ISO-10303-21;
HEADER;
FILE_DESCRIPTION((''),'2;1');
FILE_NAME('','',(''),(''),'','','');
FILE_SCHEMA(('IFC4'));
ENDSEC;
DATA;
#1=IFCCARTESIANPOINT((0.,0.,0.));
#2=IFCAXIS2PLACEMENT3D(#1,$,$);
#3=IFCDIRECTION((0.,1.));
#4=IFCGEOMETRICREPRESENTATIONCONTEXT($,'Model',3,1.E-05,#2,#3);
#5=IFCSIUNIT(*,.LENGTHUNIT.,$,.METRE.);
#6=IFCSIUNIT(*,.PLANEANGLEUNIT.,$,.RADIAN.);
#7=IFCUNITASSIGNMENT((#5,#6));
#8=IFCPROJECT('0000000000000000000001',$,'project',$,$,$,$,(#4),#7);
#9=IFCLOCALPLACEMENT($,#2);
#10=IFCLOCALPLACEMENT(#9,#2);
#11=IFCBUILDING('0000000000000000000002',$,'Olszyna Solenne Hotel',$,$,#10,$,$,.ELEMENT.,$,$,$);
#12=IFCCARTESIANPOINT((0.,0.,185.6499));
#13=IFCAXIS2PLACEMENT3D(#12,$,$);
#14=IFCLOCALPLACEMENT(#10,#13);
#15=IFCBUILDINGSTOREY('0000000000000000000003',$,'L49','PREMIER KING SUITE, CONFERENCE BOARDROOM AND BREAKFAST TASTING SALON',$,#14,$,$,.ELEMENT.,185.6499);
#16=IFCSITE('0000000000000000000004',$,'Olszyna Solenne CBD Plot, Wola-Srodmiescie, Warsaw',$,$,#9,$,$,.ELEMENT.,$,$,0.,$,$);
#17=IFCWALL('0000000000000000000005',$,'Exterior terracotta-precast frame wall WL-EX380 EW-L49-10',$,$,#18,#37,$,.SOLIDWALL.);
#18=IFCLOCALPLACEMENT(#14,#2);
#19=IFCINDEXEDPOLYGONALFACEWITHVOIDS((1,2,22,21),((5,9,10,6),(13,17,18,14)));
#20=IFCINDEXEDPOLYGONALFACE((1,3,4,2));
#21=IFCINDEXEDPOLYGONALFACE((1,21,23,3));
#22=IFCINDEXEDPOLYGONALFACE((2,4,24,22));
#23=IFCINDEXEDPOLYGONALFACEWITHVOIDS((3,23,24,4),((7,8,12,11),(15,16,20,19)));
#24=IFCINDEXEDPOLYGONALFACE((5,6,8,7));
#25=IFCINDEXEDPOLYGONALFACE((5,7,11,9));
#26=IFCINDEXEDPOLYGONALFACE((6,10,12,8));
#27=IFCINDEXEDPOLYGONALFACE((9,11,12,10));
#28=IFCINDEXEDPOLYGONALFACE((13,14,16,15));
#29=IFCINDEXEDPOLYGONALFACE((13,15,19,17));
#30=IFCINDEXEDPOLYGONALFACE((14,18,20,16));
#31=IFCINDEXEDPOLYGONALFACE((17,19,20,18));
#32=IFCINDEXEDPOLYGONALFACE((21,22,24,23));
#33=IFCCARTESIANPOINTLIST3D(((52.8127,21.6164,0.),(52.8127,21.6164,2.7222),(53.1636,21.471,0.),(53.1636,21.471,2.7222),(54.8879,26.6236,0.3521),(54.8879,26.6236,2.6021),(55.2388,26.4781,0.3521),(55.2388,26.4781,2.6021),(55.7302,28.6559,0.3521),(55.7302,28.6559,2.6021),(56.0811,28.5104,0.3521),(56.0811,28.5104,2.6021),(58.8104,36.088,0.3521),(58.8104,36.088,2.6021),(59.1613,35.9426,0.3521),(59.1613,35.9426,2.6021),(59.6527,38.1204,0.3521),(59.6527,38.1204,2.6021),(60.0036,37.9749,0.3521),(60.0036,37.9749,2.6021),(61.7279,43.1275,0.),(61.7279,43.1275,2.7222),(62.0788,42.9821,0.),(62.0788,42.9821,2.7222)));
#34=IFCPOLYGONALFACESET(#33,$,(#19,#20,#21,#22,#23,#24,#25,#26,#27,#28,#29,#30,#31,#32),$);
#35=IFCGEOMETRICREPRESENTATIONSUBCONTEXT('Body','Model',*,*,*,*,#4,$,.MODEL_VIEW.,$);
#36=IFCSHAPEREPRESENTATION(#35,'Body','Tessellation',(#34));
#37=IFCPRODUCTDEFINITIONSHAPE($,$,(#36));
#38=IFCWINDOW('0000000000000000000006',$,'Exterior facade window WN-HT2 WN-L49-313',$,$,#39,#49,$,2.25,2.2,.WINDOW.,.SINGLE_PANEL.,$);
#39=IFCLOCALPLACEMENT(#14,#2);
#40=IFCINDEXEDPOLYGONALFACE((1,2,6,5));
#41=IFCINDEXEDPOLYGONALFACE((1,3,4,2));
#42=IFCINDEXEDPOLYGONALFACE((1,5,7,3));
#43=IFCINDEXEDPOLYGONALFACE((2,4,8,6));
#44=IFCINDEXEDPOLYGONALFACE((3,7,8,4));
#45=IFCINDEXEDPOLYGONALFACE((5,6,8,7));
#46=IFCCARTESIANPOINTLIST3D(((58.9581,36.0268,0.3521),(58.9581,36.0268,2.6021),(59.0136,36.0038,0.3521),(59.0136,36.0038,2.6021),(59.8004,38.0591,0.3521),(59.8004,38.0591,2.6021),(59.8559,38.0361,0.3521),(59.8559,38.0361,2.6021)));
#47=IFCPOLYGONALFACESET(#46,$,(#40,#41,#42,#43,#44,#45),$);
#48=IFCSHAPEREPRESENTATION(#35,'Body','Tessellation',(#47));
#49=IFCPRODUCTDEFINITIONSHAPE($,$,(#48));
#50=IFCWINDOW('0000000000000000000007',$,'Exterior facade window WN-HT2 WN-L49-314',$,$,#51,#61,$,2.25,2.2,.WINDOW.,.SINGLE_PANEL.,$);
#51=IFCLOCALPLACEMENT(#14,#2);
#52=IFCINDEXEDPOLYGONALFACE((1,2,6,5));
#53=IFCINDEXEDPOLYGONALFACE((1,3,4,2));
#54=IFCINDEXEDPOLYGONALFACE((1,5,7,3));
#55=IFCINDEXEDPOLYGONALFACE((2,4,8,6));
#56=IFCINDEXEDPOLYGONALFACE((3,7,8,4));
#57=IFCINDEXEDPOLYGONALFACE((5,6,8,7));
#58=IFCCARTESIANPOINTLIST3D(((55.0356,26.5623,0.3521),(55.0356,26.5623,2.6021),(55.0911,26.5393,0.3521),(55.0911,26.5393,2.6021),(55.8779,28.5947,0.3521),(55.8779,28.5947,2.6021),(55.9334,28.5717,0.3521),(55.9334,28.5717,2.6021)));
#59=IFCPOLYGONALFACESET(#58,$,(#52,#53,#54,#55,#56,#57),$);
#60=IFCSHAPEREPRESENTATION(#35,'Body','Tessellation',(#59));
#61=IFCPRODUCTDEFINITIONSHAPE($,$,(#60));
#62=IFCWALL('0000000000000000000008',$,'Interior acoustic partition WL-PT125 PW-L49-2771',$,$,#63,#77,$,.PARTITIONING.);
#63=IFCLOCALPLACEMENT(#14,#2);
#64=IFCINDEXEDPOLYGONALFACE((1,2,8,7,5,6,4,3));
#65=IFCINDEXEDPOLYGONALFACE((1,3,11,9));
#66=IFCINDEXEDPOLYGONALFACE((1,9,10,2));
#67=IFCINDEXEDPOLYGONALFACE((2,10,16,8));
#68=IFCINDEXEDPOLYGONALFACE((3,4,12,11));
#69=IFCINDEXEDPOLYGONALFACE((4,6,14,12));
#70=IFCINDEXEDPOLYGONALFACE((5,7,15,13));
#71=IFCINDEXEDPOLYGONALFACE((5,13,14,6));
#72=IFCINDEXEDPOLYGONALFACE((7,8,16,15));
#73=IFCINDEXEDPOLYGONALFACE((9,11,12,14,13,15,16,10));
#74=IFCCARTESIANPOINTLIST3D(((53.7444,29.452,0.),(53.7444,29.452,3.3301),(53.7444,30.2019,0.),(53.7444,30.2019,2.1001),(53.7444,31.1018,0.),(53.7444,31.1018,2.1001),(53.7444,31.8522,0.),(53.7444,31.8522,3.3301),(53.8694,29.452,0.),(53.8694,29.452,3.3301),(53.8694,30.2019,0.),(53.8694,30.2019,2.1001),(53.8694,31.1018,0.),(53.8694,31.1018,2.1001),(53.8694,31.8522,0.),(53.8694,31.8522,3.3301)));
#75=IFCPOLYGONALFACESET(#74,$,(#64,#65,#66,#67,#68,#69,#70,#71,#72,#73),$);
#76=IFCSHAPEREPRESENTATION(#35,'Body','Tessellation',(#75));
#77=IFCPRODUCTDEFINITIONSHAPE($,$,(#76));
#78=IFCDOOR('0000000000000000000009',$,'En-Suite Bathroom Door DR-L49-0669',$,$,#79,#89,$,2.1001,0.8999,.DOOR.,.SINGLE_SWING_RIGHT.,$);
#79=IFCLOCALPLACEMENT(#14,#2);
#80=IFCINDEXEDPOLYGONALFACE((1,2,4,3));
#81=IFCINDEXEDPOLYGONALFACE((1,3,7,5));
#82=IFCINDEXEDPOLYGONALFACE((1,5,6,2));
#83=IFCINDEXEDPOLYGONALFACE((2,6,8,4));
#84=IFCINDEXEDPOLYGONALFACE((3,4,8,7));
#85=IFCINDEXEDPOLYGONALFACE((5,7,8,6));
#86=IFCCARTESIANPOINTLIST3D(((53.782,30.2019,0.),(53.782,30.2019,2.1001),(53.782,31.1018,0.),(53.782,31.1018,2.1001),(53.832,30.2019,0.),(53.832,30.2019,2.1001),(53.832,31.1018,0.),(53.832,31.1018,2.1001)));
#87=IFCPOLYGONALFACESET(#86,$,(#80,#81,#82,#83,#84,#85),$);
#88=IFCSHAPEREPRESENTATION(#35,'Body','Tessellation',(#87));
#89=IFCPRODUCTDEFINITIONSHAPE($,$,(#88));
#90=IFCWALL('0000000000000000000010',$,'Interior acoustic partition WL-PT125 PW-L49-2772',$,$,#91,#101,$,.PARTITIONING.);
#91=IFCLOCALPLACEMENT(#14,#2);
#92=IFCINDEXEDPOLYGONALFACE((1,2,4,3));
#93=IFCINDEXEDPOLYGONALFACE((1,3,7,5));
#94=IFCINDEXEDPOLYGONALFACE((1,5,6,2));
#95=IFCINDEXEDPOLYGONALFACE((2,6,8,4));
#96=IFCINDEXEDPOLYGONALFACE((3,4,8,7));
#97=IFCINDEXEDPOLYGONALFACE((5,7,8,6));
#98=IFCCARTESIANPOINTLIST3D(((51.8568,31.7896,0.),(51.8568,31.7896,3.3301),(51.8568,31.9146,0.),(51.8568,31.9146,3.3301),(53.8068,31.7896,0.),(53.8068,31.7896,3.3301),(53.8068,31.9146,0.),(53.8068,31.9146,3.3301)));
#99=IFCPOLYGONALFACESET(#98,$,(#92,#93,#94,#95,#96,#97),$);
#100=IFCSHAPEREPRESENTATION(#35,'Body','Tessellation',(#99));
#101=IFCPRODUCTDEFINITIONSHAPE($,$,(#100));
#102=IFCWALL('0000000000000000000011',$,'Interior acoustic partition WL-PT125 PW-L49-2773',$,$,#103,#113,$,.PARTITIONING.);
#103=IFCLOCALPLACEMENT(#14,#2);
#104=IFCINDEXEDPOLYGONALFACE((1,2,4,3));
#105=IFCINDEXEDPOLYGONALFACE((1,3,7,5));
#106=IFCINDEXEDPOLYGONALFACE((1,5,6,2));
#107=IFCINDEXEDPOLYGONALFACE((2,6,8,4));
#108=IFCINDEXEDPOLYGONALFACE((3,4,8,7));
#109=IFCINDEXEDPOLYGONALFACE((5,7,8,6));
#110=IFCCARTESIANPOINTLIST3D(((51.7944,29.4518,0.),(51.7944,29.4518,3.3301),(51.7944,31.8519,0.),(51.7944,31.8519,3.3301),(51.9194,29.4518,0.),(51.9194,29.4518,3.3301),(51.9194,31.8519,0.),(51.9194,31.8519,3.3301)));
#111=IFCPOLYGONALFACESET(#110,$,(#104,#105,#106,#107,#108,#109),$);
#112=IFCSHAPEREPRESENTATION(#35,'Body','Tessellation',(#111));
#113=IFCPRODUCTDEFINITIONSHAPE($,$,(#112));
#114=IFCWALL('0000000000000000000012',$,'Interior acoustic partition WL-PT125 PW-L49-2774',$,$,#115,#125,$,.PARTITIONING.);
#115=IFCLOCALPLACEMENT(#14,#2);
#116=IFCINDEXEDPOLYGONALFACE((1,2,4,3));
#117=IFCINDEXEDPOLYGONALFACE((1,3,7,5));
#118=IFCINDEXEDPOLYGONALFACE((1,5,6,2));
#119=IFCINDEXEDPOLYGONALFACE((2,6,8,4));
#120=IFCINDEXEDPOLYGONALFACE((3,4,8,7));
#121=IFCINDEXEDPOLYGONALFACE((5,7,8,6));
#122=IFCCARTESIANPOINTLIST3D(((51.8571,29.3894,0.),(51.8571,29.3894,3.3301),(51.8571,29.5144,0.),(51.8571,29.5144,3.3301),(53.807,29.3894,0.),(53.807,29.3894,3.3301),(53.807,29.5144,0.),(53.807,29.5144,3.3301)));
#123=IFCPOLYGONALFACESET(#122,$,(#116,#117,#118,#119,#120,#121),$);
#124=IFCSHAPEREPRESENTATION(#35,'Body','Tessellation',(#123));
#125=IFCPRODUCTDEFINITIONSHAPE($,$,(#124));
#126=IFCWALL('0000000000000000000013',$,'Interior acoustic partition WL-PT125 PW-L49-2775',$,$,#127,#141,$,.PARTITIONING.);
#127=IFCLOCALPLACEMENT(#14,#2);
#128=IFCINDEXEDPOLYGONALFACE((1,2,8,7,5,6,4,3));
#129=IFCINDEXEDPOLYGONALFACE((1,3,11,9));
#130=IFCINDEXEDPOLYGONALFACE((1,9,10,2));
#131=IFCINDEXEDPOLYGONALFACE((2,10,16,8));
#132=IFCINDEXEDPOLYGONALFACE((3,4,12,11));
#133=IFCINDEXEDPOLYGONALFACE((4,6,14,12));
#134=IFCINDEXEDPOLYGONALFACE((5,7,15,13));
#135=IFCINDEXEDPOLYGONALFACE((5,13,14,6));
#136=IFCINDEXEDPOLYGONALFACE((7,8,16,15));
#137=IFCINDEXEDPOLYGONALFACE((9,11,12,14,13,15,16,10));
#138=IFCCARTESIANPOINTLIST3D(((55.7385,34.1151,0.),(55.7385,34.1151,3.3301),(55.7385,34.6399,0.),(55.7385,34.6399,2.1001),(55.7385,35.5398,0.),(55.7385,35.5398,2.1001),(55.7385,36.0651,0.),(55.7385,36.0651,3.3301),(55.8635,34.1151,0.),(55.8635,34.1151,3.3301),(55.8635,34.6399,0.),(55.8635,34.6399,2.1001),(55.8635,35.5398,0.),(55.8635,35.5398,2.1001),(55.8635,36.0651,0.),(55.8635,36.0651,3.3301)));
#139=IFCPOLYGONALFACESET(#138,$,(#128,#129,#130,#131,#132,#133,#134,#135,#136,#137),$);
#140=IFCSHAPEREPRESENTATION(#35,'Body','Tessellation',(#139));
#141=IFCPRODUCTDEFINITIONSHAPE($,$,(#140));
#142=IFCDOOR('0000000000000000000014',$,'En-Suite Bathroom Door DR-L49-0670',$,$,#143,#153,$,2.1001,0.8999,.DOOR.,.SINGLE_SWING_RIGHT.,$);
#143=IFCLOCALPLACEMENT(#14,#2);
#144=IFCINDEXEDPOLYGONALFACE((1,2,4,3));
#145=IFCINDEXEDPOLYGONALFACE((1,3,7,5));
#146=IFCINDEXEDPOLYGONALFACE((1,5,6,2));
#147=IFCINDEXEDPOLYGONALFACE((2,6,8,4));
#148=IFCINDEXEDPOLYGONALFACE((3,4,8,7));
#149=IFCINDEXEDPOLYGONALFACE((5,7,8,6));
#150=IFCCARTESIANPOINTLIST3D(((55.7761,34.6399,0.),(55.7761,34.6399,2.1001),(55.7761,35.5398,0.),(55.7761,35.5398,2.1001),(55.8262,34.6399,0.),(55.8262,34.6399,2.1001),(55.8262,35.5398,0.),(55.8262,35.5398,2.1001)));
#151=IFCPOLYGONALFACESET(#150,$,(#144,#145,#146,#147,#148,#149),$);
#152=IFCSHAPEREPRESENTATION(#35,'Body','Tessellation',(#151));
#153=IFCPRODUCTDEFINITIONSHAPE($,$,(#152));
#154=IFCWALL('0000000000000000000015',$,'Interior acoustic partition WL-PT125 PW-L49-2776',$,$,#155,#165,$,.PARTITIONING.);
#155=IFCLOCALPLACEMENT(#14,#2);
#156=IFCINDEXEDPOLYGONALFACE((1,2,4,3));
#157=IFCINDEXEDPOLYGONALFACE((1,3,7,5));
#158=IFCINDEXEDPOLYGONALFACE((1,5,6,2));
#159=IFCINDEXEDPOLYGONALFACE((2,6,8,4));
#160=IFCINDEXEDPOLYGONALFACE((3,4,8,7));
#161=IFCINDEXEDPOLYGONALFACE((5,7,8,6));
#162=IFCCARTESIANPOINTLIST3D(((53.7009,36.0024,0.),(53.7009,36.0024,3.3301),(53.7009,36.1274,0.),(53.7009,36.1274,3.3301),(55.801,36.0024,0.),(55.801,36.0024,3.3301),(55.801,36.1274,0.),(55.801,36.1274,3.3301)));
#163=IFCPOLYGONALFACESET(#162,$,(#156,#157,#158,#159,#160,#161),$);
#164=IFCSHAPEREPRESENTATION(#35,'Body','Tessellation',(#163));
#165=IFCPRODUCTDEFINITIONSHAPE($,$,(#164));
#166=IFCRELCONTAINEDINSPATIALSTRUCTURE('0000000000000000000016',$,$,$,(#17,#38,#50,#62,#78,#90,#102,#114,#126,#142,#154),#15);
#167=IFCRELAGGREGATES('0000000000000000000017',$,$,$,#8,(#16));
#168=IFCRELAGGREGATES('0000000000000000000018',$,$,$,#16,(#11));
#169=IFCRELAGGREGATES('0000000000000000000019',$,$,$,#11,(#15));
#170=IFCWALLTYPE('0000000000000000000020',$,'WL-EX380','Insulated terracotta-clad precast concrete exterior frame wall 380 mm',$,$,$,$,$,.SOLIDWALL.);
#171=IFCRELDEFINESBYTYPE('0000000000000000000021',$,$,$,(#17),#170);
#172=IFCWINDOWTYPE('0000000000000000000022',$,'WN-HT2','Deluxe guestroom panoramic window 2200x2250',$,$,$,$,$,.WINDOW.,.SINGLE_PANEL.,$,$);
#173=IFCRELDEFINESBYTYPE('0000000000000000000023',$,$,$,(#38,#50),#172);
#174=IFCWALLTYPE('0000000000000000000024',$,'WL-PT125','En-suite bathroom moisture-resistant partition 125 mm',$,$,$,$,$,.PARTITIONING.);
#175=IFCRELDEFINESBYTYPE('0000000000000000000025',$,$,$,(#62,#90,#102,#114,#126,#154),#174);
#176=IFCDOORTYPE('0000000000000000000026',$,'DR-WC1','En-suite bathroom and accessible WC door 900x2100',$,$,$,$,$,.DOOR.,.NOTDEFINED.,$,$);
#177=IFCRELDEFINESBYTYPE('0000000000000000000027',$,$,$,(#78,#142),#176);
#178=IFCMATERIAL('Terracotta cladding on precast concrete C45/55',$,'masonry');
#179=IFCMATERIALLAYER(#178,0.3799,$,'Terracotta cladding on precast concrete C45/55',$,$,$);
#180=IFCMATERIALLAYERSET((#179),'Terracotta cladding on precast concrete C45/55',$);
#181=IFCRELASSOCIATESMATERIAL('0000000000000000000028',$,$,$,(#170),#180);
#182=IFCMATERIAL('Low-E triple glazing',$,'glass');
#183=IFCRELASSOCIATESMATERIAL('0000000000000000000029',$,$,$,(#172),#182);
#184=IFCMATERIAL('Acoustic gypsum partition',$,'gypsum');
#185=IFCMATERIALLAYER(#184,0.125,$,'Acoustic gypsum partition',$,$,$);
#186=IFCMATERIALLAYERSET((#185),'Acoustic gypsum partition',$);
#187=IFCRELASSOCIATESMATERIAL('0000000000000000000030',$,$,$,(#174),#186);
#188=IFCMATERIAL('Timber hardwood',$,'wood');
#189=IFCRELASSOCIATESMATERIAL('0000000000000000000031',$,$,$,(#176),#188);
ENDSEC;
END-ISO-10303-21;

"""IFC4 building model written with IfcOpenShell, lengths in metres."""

from ifc_helpers import new_model, si_unit, direction, frame, frame_2d, origin, place, context, subcontext, project, spatial, rectangle, extrude, source, transform, mapped, material, layer, layer_set, type_object, type_shapes, element, fill, save


model = new_model("IFC4")

# Units and contexts
model_context = context("Model", 3, precision=1e-05, world=origin(), true_north=direction((0.0, 1.0)))
body_context = subcontext(model_context, "Body", "Model", "MODEL_VIEW")
ifc_project = project(units=[si_unit("LENGTHUNIT", "METRE"), si_unit("PLANEANGLEUNIT", "RADIAN")], contexts=[model_context])

# Site, building, storey
site_placement = place(None, origin())
site = spatial("IfcSite", under=ifc_project, at=site_placement, Name="Olszyna Solenne CBD Plot, Wola-Srodmiescie, Warsaw", CompositionType="ELEMENT", RefElevation=0.0)
building_placement = place(site_placement, origin())
building = spatial("IfcBuilding", under=site, at=building_placement, Name="Olszyna Solenne Hotel", CompositionType="ELEMENT")
storey_placement = place(building_placement, frame((0.0, 0.0, 185.6499)))
storey = spatial("IfcBuildingStorey", under=building, at=storey_placement, Name="L49", Description="PREMIER KING SUITE, CONFERENCE BOARDROOM AND BREAKFAST TASTING SALON", CompositionType="ELEMENT", Elevation=185.6499)

# Shared definitions
ifc_material_1 = material(Name="Terracotta cladding on precast concrete C45/55", Category="masonry")
ifc_layer_1 = layer(ifc_material_1, 0.3799, Name="Terracotta cladding on precast concrete C45/55")
ifc_layer_set_1 = layer_set([ifc_layer_1], Name="Terracotta cladding on precast concrete C45/55")
wall_type_1 = type_object("IfcWallType", Name="WL-EX380", Description="Insulated terracotta-clad precast concrete exterior frame wall 380 mm", PredefinedType="SOLIDWALL", material=ifc_layer_set_1)

# Wall, openings, windows
wall_1_placement = place(storey_placement, frame((61.9033, 43.0547, 0.0), z_axis=(0.0, 0.0, 1.0), x_axis=(-0.382868, -0.923803, 0.0)))
wall_1 = element("IfcWall", 1, at=wall_1_placement, inside=storey, type_object=wall_type_1, Name="Exterior terracotta-precast frame wall WL-EX380 EW-L49-10", PredefinedType="SOLIDWALL", context=body_context, shape_type="SweptSolid", body=[
    extrude(rectangle(XDim=23.2854, YDim=0.3799, at=frame_2d((11.6426, 0.0))), origin(), (0.0, 0.0, 1.0), 2.7222),
])
opening_1_placement = place(wall_1_placement, frame((5.4199, 0.0, 0.3521)))
opening_1 = element("IfcOpeningElement", 2, at=opening_1_placement, cuts=wall_1, PredefinedType="OPENING", context=body_context, shape_type="SweptSolid", body=[
    extrude(rectangle(XDim=2.2, YDim=2.25, at=frame_2d((1.1001, 1.125))), frame((0.0, 0.2, 0.0), z_axis=(0.0, -1.0, 0.0), x_axis=(1.0, 0.0, 0.0)), (0.0, 0.0, 1.0), 0.3999),
])
opening_2_placement = place(wall_1_placement, frame((15.665, 0.0, 0.3521)))
opening_2 = element("IfcOpeningElement", 3, at=opening_2_placement, cuts=wall_1, PredefinedType="OPENING", context=body_context, shape_type="SweptSolid", body=[
    extrude(rectangle(XDim=2.2, YDim=2.25, at=frame_2d((1.1001, 1.125))), frame((0.0, 0.2, 0.0), z_axis=(0.0, -1.0, 0.0), x_axis=(1.0, 0.0, 0.0)), (0.0, 0.0, 1.0), 0.3999),
])
ifc_material_2 = material(Name="Low-E triple glazing", Category="glass")
window_type = type_object("IfcWindowType", Name="WN-HT2", Description="Deluxe guestroom panoramic window 2200x2250", PartitioningType="SINGLE_PANEL", PredefinedType="WINDOW", material=ifc_material_2)
shared_shape_1 = source(origin(), body_context, "Body", "SweptSolid", [
    extrude(rectangle(XDim=2.2, YDim=2.25, at=frame_2d((1.1001, 1.125))), frame((0.0, 0.03, 0.0), z_axis=(0.0, -1.0, 0.0), x_axis=(1.0, 0.0, 0.0)), (0.0, 0.0, 1.0), 0.0601),
])
type_shapes(window_type, [shared_shape_1])
window_1_placement = place(opening_1_placement, origin())
window_1 = element("IfcWindow", 4, at=window_1_placement, inside=storey, type_object=window_type, Name="Exterior facade window WN-HT2 WN-L49-313", OverallHeight=2.25, OverallWidth=2.2, PartitioningType="SINGLE_PANEL", PredefinedType="WINDOW", context=body_context, shape_type="MappedRepresentation", body=[
    mapped(shared_shape_1, transform((0.0, 0.0, 0.0), x_axis=(1.0, 0.0, 0.0), y_axis=(0.0, 1.0, 0.0), z_axis=(0.0, 0.0, 1.0), scale=1.0)),
])
fill(opening_1, window_1)
window_2_placement = place(opening_2_placement, origin())
window_2 = element("IfcWindow", 5, at=window_2_placement, inside=storey, type_object=window_type, Name="Exterior facade window WN-HT2 WN-L49-314", OverallHeight=2.25, OverallWidth=2.2, PartitioningType="SINGLE_PANEL", PredefinedType="WINDOW", context=body_context, shape_type="MappedRepresentation", body=[
    mapped(shared_shape_1, transform((0.0, 0.0, 0.0), x_axis=(1.0, 0.0, 0.0), y_axis=(0.0, 1.0, 0.0), z_axis=(0.0, 0.0, 1.0), scale=1.0)),
])
fill(opening_2, window_2)

# Wall, opening, door
ifc_material_3 = material(Name="Acoustic gypsum partition", Category="gypsum")
ifc_layer_2 = layer(ifc_material_3, 0.125, Name="Acoustic gypsum partition")
ifc_layer_set_2 = layer_set([ifc_layer_2], Name="Acoustic gypsum partition")
wall_type_2 = type_object("IfcWallType", Name="WL-PT125", Description="En-suite bathroom moisture-resistant partition 125 mm", PredefinedType="PARTITIONING", material=ifc_layer_set_2)
wall_2_placement = place(storey_placement, frame((53.8069, 29.4519, 0.0), z_axis=(0.0, 0.0, 1.0), x_axis=(0.0, 1.0, 0.0)))
wall_2 = element("IfcWall", 6, at=wall_2_placement, inside=storey, type_object=wall_type_2, Name="Interior acoustic partition WL-PT125 PW-L49-2771", PredefinedType="PARTITIONING", context=body_context, shape_type="SweptSolid", body=[
    extrude(rectangle(XDim=2.4001, YDim=0.125, at=frame_2d((1.2002, 0.0))), origin(), (0.0, 0.0, 1.0), 3.3301),
])
opening_3_placement = place(wall_2_placement, frame((0.75, 0.0, 0.0)))
opening_3 = element("IfcOpeningElement", 7, at=opening_3_placement, cuts=wall_2, PredefinedType="OPENING", context=body_context, shape_type="SweptSolid", body=[
    extrude(rectangle(XDim=0.8999, YDim=2.1001, at=frame_2d((0.45, 1.05))), frame((0.0, 0.0725, 0.0), z_axis=(0.0, -1.0, 0.0), x_axis=(1.0, 0.0, 0.0)), (0.0, 0.0, 1.0), 0.145),
])
ifc_material_4 = material(Name="Timber hardwood", Category="wood")
door_type = type_object("IfcDoorType", Name="DR-WC1", Description="En-suite bathroom and accessible WC door 900x2100", OperationType="NOTDEFINED", PredefinedType="DOOR", material=ifc_material_4)
shared_shape_2 = source(origin(), body_context, "Body", "SweptSolid", [
    extrude(rectangle(XDim=0.8999, YDim=2.1001, at=frame_2d((0.45, 1.05))), frame((0.0, 0.0249, 0.0), z_axis=(0.0, -1.0, 0.0), x_axis=(1.0, 0.0, 0.0)), (0.0, 0.0, 1.0), 0.05),
])
type_shapes(door_type, [shared_shape_2])
door_1_placement = place(opening_3_placement, origin())
door_1 = element("IfcDoor", 8, at=door_1_placement, inside=storey, type_object=door_type, Name="En-Suite Bathroom Door DR-L49-0669", OperationType="SINGLE_SWING_RIGHT", OverallHeight=2.1001, OverallWidth=0.8999, PredefinedType="DOOR", context=body_context, shape_type="MappedRepresentation", body=[
    mapped(shared_shape_2, transform((0.0, 0.0, 0.0), x_axis=(1.0, 0.0, 0.0), y_axis=(0.0, 1.0, 0.0), z_axis=(0.0, 0.0, 1.0), scale=1.0)),
])
fill(opening_3, door_1)

# Walls
wall_3_placement = place(storey_placement, frame((53.8069, 31.8521, 0.0), z_axis=(0.0, 0.0, 1.0), x_axis=(-1.0, 0.0, 0.0)))
element("IfcWall", 9, at=wall_3_placement, inside=storey, type_object=wall_type_2, Name="Interior acoustic partition WL-PT125 PW-L49-2772", PredefinedType="PARTITIONING", context=body_context, shape_type="SweptSolid", body=[
    extrude(rectangle(XDim=1.95, YDim=0.125, at=frame_2d((0.9751, 0.0))), origin(), (0.0, 0.0, 1.0), 3.3301),
])
wall_4_placement = place(storey_placement, frame((51.8569, 31.8521, 0.0), z_axis=(0.0, 0.0, 1.0), x_axis=(0.0, -1.0, 0.0)))
element("IfcWall", 10, at=wall_4_placement, inside=storey, type_object=wall_type_2, Name="Interior acoustic partition WL-PT125 PW-L49-2773", PredefinedType="PARTITIONING", context=body_context, shape_type="SweptSolid", body=[
    extrude(rectangle(XDim=2.4001, YDim=0.125, at=frame_2d((1.2002, 0.0))), origin(), (0.0, 0.0, 1.0), 3.3301),
])
wall_5_placement = place(storey_placement, frame((51.8569, 29.4519, 0.0), z_axis=(0.0, 0.0, 1.0), x_axis=(1.0, 0.0, 0.0)))
element("IfcWall", 11, at=wall_5_placement, inside=storey, type_object=wall_type_2, Name="Interior acoustic partition WL-PT125 PW-L49-2774", PredefinedType="PARTITIONING", context=body_context, shape_type="SweptSolid", body=[
    extrude(rectangle(XDim=1.95, YDim=0.125, at=frame_2d((0.9751, 0.0))), origin(), (0.0, 0.0, 1.0), 3.3301),
])

# Wall, opening, door
wall_6_placement = place(storey_placement, frame((55.801, 34.115, 0.0), z_axis=(0.0, 0.0, 1.0), x_axis=(0.0, 1.0, 0.0)))
wall_6 = element("IfcWall", 12, at=wall_6_placement, inside=storey, type_object=wall_type_2, Name="Interior acoustic partition WL-PT125 PW-L49-2775", PredefinedType="PARTITIONING", context=body_context, shape_type="SweptSolid", body=[
    extrude(rectangle(XDim=1.95, YDim=0.125, at=frame_2d((0.9751, 0.0))), origin(), (0.0, 0.0, 1.0), 3.3301),
])
opening_4_placement = place(wall_6_placement, frame((0.5249, 0.0, 0.0)))
opening_4 = element("IfcOpeningElement", 13, at=opening_4_placement, cuts=wall_6, PredefinedType="OPENING", context=body_context, shape_type="SweptSolid", body=[
    extrude(rectangle(XDim=0.8999, YDim=2.1001, at=frame_2d((0.45, 1.05))), frame((0.0, 0.0725, 0.0), z_axis=(0.0, -1.0, 0.0), x_axis=(1.0, 0.0, 0.0)), (0.0, 0.0, 1.0), 0.145),
])
door_2_placement = place(opening_4_placement, origin())
door_2 = element("IfcDoor", 14, at=door_2_placement, inside=storey, type_object=door_type, Name="En-Suite Bathroom Door DR-L49-0670", OperationType="SINGLE_SWING_RIGHT", OverallHeight=2.1001, OverallWidth=0.8999, PredefinedType="DOOR", context=body_context, shape_type="MappedRepresentation", body=[
    mapped(shared_shape_2, transform((0.0, 0.0, 0.0), x_axis=(1.0, 0.0, 0.0), y_axis=(0.0, 1.0, 0.0), z_axis=(0.0, 0.0, 1.0), scale=1.0)),
])
fill(opening_4, door_2)

# Wall
wall_7_placement = place(storey_placement, frame((55.801, 36.0649, 0.0), z_axis=(0.0, 0.0, 1.0), x_axis=(-1.0, 0.0, 0.0)))
element("IfcWall", 15, at=wall_7_placement, inside=storey, type_object=wall_type_2, Name="Interior acoustic partition WL-PT125 PW-L49-2776", PredefinedType="PARTITIONING", context=body_context, shape_type="SweptSolid", body=[
    extrude(rectangle(XDim=2.1001, YDim=0.125, at=frame_2d((1.05, 0.0))), origin(), (0.0, 0.0, 1.0), 3.3301),
])

save(model, "model.ifc")
